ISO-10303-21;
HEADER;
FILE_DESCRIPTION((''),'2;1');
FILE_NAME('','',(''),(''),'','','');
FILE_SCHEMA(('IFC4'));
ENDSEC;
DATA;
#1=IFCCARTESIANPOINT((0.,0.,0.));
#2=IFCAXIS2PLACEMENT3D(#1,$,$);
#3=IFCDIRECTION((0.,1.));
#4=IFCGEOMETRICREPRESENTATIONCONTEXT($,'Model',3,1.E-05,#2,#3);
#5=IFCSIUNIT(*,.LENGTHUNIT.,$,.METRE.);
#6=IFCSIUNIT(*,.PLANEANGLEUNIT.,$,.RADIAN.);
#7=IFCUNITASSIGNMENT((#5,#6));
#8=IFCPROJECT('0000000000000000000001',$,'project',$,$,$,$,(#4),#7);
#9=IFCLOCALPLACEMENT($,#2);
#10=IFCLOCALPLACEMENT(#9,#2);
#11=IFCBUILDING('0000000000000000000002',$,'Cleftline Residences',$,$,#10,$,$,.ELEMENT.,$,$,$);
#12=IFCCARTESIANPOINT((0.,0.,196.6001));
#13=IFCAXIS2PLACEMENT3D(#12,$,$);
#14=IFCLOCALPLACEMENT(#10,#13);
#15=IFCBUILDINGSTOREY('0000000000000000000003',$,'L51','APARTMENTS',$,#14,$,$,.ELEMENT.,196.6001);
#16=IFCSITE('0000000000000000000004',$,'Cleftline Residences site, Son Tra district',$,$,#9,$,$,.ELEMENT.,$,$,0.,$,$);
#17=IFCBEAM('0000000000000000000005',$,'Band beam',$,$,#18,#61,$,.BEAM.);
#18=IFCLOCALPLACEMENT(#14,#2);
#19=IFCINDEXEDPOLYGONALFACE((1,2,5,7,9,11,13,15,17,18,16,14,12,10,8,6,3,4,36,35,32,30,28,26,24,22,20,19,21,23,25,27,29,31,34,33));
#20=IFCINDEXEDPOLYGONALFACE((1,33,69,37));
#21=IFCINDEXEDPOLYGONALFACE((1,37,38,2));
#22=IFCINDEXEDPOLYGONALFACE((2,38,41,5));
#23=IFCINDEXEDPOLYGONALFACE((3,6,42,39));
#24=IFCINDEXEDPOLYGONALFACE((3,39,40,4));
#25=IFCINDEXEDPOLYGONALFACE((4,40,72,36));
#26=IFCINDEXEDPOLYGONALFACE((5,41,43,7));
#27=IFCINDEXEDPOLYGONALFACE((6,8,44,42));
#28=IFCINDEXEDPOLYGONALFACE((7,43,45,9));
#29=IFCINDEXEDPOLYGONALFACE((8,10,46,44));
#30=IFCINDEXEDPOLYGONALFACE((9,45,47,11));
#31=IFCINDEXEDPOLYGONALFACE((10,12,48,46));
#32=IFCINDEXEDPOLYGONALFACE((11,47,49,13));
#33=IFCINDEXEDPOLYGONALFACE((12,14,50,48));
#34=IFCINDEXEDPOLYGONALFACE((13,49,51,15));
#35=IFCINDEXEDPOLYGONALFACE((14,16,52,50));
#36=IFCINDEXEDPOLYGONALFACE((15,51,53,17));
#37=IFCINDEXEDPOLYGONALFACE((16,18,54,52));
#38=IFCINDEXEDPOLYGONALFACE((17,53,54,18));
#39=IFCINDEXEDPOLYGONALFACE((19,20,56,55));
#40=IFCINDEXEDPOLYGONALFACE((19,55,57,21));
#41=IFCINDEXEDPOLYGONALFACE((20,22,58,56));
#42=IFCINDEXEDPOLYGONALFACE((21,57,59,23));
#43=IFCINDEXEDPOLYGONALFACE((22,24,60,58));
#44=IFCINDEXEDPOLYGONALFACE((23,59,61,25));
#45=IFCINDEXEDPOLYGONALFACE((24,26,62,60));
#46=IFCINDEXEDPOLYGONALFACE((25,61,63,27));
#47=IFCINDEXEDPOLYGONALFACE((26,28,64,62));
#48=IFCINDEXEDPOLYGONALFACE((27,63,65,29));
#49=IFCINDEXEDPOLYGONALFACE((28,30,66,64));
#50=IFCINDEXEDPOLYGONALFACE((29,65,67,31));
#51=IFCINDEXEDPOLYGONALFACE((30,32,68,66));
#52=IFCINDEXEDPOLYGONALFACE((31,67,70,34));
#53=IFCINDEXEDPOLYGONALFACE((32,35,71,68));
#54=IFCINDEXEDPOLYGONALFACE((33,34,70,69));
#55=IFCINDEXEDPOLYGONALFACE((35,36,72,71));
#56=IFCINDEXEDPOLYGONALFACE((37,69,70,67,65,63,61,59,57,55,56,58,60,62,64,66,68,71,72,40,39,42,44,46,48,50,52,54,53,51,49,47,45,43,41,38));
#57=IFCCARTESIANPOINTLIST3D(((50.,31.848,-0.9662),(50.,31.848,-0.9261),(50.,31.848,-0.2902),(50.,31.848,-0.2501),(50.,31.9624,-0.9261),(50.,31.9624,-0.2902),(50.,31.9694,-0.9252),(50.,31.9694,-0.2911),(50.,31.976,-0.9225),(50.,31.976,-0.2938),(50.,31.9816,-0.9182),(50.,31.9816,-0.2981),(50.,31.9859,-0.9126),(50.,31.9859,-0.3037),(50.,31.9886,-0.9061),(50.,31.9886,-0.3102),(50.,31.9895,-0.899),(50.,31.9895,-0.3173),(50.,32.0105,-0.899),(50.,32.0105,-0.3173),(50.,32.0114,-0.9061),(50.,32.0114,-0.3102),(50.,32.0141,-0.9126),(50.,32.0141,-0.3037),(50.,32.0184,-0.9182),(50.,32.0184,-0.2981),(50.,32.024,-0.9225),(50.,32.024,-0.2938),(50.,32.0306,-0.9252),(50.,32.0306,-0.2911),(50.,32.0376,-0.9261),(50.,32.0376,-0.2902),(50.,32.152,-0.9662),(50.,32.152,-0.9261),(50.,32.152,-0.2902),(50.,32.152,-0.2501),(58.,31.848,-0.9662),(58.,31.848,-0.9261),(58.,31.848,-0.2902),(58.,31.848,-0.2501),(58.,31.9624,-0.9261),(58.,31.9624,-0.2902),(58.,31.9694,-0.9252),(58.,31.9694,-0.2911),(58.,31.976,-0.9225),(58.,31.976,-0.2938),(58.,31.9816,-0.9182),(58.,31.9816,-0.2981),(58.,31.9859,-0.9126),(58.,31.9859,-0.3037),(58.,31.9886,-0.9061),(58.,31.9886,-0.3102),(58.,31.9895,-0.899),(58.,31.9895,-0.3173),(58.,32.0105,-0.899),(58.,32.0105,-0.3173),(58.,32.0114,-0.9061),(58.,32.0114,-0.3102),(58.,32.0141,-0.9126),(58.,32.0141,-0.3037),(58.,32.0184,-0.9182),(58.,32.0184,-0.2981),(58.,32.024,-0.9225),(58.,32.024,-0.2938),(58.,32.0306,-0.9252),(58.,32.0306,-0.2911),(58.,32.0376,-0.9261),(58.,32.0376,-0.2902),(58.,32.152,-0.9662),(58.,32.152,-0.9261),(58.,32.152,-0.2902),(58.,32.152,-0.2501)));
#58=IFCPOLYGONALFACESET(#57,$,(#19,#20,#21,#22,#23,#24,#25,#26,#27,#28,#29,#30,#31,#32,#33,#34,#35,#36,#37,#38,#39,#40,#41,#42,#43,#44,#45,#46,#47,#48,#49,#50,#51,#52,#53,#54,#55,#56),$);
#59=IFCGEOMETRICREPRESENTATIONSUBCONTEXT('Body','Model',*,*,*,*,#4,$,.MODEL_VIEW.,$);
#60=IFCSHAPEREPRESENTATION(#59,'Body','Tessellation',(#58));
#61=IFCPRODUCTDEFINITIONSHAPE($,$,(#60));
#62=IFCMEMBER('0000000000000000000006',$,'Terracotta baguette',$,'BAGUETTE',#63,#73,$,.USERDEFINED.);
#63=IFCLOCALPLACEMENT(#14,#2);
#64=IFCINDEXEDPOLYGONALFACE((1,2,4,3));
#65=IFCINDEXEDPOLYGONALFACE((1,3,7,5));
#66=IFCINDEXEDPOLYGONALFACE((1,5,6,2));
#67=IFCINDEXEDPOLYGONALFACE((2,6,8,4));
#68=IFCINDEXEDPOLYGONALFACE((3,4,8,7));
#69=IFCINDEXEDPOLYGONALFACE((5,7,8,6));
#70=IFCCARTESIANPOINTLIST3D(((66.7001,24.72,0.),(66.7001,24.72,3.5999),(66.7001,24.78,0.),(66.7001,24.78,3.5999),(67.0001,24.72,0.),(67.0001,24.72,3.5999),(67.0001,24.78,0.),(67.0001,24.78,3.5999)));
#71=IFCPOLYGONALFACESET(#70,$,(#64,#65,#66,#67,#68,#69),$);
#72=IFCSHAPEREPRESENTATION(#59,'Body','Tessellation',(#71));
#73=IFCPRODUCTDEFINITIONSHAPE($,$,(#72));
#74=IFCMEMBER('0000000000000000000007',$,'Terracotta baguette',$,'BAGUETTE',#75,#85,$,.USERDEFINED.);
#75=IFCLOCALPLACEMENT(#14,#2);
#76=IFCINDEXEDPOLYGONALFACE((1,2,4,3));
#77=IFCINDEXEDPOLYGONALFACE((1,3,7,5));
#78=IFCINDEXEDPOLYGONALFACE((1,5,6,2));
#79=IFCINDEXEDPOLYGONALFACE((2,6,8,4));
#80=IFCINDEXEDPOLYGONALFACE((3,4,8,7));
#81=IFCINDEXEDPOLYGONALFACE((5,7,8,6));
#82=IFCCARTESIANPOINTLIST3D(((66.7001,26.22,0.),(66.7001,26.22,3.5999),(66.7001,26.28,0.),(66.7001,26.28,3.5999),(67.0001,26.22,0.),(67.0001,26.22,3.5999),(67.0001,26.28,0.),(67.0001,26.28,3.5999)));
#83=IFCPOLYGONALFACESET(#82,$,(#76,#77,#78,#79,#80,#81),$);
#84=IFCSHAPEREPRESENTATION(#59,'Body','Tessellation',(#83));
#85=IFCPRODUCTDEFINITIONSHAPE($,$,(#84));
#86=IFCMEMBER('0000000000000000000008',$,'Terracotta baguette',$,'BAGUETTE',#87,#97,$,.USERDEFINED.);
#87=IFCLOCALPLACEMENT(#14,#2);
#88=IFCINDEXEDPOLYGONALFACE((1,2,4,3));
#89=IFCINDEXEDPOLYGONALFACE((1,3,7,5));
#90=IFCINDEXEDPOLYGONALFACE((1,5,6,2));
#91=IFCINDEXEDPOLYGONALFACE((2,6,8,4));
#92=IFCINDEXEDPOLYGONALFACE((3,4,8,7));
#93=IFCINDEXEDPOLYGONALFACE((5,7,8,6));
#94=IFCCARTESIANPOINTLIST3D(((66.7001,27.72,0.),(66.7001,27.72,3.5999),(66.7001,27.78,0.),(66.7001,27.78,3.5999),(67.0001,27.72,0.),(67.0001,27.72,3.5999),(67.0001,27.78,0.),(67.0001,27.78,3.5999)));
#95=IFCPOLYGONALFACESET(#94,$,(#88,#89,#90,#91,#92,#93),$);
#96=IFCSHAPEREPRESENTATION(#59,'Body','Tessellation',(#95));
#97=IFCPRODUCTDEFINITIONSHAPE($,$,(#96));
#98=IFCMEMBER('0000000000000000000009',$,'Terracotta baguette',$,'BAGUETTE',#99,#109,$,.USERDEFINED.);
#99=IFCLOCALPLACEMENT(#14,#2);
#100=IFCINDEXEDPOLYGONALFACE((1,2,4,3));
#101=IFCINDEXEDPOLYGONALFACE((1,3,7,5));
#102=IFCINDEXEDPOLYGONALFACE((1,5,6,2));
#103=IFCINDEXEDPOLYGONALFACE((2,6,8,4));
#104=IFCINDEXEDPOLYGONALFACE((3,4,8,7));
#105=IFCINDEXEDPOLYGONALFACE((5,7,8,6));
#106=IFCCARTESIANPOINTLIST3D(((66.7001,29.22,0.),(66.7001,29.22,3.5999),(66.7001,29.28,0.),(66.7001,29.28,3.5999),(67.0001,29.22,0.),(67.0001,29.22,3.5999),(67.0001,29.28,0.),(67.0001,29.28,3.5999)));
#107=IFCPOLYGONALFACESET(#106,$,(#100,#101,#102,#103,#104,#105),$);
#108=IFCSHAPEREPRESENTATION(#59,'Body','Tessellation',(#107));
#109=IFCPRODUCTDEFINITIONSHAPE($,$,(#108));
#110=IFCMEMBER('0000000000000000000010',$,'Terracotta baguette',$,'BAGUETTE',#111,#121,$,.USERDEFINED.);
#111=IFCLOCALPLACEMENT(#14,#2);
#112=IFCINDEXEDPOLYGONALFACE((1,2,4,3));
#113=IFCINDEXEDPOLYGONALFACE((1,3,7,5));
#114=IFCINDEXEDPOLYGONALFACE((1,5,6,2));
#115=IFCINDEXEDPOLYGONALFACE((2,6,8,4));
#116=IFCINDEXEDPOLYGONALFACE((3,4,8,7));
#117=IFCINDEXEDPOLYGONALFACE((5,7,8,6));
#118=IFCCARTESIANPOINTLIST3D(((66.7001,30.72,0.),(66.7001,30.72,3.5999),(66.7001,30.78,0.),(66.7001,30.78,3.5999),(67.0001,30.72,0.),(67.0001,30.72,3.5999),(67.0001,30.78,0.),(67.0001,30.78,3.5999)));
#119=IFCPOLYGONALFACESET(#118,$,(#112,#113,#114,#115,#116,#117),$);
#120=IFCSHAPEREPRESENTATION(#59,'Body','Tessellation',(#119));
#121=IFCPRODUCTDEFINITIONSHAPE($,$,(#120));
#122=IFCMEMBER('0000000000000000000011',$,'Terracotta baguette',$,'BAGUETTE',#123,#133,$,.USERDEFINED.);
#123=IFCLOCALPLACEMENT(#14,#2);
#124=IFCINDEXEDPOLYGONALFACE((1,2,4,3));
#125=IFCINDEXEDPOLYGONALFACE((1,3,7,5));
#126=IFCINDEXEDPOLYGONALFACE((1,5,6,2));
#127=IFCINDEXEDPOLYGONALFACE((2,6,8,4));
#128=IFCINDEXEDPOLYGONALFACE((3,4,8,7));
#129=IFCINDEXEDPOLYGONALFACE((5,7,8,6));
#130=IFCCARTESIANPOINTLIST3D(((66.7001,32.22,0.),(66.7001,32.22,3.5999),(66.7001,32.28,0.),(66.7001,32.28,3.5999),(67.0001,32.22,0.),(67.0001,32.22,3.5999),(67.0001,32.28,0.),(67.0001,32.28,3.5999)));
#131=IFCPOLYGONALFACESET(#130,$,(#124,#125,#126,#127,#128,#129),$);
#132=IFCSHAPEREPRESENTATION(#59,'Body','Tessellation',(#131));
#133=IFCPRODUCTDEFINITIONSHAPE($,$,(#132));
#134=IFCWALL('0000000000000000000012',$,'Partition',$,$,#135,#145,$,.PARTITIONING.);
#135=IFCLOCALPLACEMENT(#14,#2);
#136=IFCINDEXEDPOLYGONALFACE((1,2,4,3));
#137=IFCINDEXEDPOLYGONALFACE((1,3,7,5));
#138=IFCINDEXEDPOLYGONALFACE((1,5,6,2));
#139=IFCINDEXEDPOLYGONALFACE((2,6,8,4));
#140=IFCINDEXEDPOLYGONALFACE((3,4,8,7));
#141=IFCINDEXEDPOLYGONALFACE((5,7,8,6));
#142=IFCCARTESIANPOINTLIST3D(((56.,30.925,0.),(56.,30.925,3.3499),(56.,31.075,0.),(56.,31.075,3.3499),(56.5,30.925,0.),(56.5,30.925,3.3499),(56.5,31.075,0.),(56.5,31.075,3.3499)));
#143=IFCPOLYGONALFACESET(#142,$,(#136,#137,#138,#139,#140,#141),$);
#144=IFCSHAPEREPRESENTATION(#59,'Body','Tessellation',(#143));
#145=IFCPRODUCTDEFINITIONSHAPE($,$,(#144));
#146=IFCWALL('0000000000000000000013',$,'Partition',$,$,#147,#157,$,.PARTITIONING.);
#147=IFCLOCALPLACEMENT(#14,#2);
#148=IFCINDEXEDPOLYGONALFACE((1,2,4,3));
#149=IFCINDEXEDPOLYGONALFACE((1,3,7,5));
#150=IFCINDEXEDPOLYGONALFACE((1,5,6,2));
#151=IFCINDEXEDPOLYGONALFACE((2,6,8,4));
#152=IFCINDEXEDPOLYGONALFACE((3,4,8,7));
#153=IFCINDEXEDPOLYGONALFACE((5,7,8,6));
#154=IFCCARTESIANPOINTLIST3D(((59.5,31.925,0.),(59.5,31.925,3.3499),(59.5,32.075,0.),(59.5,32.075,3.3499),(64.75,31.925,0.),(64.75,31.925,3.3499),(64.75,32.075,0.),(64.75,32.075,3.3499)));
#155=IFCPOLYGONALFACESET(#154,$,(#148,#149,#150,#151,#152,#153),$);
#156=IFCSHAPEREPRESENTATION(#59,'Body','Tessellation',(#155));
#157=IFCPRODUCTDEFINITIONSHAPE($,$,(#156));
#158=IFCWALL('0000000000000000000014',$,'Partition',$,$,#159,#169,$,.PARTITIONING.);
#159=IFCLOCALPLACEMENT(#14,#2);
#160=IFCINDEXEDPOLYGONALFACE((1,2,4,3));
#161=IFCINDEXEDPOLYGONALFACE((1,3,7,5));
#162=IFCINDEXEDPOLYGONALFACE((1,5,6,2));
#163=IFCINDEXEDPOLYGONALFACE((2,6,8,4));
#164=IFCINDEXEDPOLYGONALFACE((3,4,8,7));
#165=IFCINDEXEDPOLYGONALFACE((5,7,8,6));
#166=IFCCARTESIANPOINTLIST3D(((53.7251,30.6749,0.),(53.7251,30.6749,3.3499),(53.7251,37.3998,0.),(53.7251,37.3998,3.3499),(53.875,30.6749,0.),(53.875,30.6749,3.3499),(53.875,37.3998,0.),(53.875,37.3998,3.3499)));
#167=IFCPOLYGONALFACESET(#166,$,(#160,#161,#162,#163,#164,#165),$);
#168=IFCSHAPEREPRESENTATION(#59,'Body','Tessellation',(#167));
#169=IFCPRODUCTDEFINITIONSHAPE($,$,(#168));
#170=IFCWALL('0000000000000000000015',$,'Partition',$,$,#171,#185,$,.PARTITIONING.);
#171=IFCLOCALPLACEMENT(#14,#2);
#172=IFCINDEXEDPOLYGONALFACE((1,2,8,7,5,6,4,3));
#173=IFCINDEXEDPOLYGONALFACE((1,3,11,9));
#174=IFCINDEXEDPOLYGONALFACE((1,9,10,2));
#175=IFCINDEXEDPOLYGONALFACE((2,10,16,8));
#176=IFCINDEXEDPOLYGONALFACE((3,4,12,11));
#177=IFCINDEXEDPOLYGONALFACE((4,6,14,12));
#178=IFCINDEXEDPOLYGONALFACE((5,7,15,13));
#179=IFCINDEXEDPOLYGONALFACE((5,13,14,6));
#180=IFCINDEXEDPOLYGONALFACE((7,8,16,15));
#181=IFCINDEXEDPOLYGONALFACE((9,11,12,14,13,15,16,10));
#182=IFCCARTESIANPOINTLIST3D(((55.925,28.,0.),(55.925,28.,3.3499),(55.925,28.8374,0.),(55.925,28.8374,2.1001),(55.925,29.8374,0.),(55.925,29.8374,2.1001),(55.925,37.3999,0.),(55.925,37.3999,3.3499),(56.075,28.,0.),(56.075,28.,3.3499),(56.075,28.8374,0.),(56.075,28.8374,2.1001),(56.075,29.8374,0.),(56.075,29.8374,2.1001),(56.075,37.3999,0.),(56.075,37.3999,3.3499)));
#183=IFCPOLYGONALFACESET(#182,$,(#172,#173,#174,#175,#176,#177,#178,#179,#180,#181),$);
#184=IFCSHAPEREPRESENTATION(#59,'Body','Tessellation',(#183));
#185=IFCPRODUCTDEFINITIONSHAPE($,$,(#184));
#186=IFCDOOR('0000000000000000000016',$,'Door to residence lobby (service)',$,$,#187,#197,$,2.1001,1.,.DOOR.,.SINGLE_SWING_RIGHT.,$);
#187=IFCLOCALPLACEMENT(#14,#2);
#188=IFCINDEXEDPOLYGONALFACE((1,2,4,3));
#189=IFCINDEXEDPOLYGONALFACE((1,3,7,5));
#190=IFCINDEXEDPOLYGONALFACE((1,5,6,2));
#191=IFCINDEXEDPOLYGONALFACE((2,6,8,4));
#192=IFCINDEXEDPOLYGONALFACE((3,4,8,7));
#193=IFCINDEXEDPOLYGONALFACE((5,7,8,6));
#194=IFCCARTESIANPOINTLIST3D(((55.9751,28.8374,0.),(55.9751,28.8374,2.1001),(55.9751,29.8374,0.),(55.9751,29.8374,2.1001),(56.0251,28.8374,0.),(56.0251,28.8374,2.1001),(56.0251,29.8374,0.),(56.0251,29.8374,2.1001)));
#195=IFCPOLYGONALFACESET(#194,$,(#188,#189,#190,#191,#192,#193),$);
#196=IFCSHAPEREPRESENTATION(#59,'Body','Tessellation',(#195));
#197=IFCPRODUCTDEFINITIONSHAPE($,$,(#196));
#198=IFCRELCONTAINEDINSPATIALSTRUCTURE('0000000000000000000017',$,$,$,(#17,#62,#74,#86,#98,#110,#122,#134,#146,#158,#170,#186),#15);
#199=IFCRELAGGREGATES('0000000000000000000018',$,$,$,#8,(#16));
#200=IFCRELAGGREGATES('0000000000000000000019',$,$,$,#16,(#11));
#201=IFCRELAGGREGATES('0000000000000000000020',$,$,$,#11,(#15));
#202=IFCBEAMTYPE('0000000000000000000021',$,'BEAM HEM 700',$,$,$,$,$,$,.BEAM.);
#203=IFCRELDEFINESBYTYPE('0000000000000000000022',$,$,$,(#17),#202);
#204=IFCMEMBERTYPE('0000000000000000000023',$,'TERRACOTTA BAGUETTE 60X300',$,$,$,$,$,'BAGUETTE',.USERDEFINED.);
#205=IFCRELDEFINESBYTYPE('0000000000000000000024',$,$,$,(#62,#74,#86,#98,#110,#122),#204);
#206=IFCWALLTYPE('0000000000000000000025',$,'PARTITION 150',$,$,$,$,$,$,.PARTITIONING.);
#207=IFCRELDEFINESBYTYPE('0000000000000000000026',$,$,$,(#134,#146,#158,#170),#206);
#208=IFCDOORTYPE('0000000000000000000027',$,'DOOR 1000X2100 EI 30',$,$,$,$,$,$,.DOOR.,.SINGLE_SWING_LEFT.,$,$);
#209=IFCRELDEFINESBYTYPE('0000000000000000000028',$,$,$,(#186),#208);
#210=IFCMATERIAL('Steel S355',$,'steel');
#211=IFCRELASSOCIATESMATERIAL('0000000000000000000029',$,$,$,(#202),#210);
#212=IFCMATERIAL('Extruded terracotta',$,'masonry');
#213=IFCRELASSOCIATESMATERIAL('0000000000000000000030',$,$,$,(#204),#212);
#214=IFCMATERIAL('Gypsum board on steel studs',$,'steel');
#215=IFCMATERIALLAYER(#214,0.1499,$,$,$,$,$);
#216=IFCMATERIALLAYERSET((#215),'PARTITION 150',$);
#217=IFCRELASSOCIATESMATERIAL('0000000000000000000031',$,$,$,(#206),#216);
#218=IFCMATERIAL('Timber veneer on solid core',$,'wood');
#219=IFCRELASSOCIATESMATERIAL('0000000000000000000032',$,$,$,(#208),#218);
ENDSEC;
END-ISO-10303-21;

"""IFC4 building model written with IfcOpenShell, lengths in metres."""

from ifc_helpers import new_model, si_unit, direction, frame, frame_2d, origin, origin_2d, place, context, subcontext, project, spatial, rectangle, i_section, extrude, material, layer, layer_set, material_profile, profile_set, type_object, element, fill, save


model = new_model("IFC4")

# Units and contexts
model_context = context("Model", 3, precision=1e-05, world=origin(), true_north=direction((0.0, 1.0)))
body_context = subcontext(model_context, "Body", "Model", "MODEL_VIEW")
ifc_project = project(units=[si_unit("LENGTHUNIT", "METRE"), si_unit("PLANEANGLEUNIT", "RADIAN")], contexts=[model_context])

# Site, building, storey
site_placement = place(None, origin())
site = spatial("IfcSite", under=ifc_project, at=site_placement, Name="Cleftline Residences site, Son Tra district", CompositionType="ELEMENT", RefElevation=0.0)
building_placement = place(site_placement, origin())
building = spatial("IfcBuilding", under=site, at=building_placement, Name="Cleftline Residences", CompositionType="ELEMENT")
storey_placement = place(building_placement, frame((0.0, 0.0, 196.6001)))
storey = spatial("IfcBuildingStorey", under=building, at=storey_placement, Name="L51", Description="APARTMENTS", CompositionType="ELEMENT", Elevation=196.6001)

# Beam
ifc_material_1 = material(Name="Steel S355", Category="steel")
ifc_material_profile_1 = material_profile(ifc_material_1, i_section(OverallWidth=0.304, OverallDepth=0.7161, WebThickness=0.021, FlangeThickness=0.04, FilletRadius=0.0271, at=origin_2d()))
ifc_profile_set_1 = profile_set([ifc_material_profile_1], Name="Steel S355")
beam_type_1 = type_object("IfcBeamType", Name="BEAM HEM 700", PredefinedType="BEAM", material=ifc_profile_set_1)
beam_1_placement = place(storey_placement, frame((58.0, 32.0, -0.6082), z_axis=(-1.0, 0.0, 0.0), x_axis=(0.0, -1.0, 0.0)))
element("IfcBeam", 1, at=beam_1_placement, inside=storey, type_object=beam_type_1, Name="Band beam", PredefinedType="BEAM", context=body_context, shape_type="SweptSolid", body=[
    extrude(i_section(OverallWidth=0.304, OverallDepth=0.7161, WebThickness=0.021, FlangeThickness=0.04, FilletRadius=0.0271, at=origin_2d()), origin(), (0.0, 0.0, 1.0), 8.0),
])

# Members
ifc_material_2 = material(Name="Extruded terracotta", Category="masonry")
ifc_material_profile_2 = material_profile(ifc_material_2, rectangle(XDim=0.0601, YDim=0.3, at=origin_2d()))
ifc_profile_set_2 = profile_set([ifc_material_profile_2], Name="Extruded terracotta")
member_type_1 = type_object("IfcMemberType", Name="TERRACOTTA BAGUETTE 60X300", ElementType="BAGUETTE", PredefinedType="USERDEFINED", material=ifc_profile_set_2)
for number, where, z_axis, x_axis, name in (
    (2, (66.8501, 24.75, 0.0), (0.0, 0.0, 1.0), (0.0, 1.0, 0.0), "Terracotta baguette"),
    (3, (66.8501, 26.25, 0.0), (0.0, 0.0, 1.0), (0.0, 1.0, 0.0), "Terracotta baguette"),
    (4, (66.8501, 27.75, 0.0), (0.0, 0.0, 1.0), (0.0, 1.0, 0.0), "Terracotta baguette"),
    (5, (66.8501, 29.25, 0.0), (0.0, 0.0, 1.0), (0.0, 1.0, 0.0), "Terracotta baguette"),
    (6, (66.8501, 30.75, 0.0), (0.0, 0.0, 1.0), (0.0, 1.0, 0.0), "Terracotta baguette"),
    (7, (66.8501, 32.25, 0.0), (0.0, 0.0, 1.0), (0.0, 1.0, 0.0), "Terracotta baguette"),
):
    element("IfcMember", number, at=place(storey_placement, frame(where, z_axis=z_axis, x_axis=x_axis)), inside=storey, type_object=member_type_1, Name=name, ObjectType="BAGUETTE", PredefinedType="USERDEFINED", context=body_context, shape_type="SweptSolid", body=[
        extrude(rectangle(XDim=0.0601, YDim=0.3, at=origin_2d()), origin(), (0.0, 0.0, 1.0), 3.5999),
    ])

# Walls
ifc_material_3 = material(Name="Gypsum board on steel studs", Category="steel")
ifc_layer_1 = layer(ifc_material_3, 0.1499)
ifc_layer_set_1 = layer_set([ifc_layer_1], Name="PARTITION 150")
wall_type_1 = type_object("IfcWallType", Name="PARTITION 150", PredefinedType="PARTITIONING", material=ifc_layer_set_1)
wall_1_placement = place(storey_placement, frame((56.0, 31.0, 0.0), z_axis=(0.0, 0.0, 1.0), x_axis=(1.0, 0.0, 0.0)))
element("IfcWall", 8, at=wall_1_placement, inside=storey, type_object=wall_type_1, Name="Partition", PredefinedType="PARTITIONING", context=body_context, shape_type="SweptSolid", body=[
    extrude(rectangle(XDim=0.5, YDim=0.1499, at=frame_2d((0.25, 0.0))), origin(), (0.0, 0.0, 1.0), 3.3499),
])
wall_2_placement = place(storey_placement, frame((59.5, 32.0, 0.0), z_axis=(0.0, 0.0, 1.0), x_axis=(1.0, 0.0, 0.0)))
element("IfcWall", 9, at=wall_2_placement, inside=storey, type_object=wall_type_1, Name="Partition", PredefinedType="PARTITIONING", context=body_context, shape_type="SweptSolid", body=[
    extrude(rectangle(XDim=5.25, YDim=0.1499, at=frame_2d((2.625, 0.0))), origin(), (0.0, 0.0, 1.0), 3.3499),
])
wall_3_placement = place(storey_placement, frame((53.8, 30.675, 0.0), z_axis=(0.0, 0.0, 1.0), x_axis=(0.0, 1.0, 0.0)))
element("IfcWall", 10, at=wall_3_placement, inside=storey, type_object=wall_type_1, Name="Partition", PredefinedType="PARTITIONING", context=body_context, shape_type="SweptSolid", body=[
    extrude(rectangle(XDim=6.7249, YDim=0.1499, at=frame_2d((3.3623, 0.0))), origin(), (0.0, 0.0, 1.0), 3.3499),
])

# Wall, opening, door
wall_4_placement = place(storey_placement, frame((56.0, 28.0, 0.0), z_axis=(0.0, 0.0, 1.0), x_axis=(0.0, 1.0, 0.0)))
wall_4 = element("IfcWall", 11, at=wall_4_placement, inside=storey, type_object=wall_type_1, Name="Partition", PredefinedType="PARTITIONING", context=body_context, shape_type="SweptSolid", body=[
    extrude(rectangle(XDim=9.3999, YDim=0.1499, at=frame_2d((4.7, 0.0))), origin(), (0.0, 0.0, 1.0), 3.3499),
])
opening_1_placement = place(wall_4_placement, frame((0.8374, 0.0, 0.0)))
opening_1 = element("IfcOpeningElement", 12, at=opening_1_placement, cuts=wall_4, PredefinedType="OPENING", context=body_context, shape_type="SweptSolid", body=[
    extrude(rectangle(XDim=1.0, YDim=2.1001, at=frame_2d((0.5, 1.05))), frame((0.0, 0.085, 0.0), z_axis=(0.0, -1.0, 0.0), x_axis=(1.0, 0.0, 0.0)), (0.0, 0.0, 1.0), 0.1699),
])
ifc_material_4 = material(Name="Timber veneer on solid core", Category="wood")
door_type_1 = type_object("IfcDoorType", Name="DOOR 1000X2100 EI 30", OperationType="SINGLE_SWING_LEFT", PredefinedType="DOOR", material=ifc_material_4)
door_1_placement = place(opening_1_placement, origin())
door_1 = element("IfcDoor", 13, at=door_1_placement, inside=storey, type_object=door_type_1, Name="Door to residence lobby (service)", OperationType="SINGLE_SWING_RIGHT", OverallHeight=2.1001, OverallWidth=1.0, PredefinedType="DOOR", context=body_context, shape_type="SweptSolid", body=[
    extrude(rectangle(XDim=1.0, YDim=2.1001, at=frame_2d((0.5, 1.05))), frame((0.0, 0.0249, 0.0), z_axis=(0.0, -1.0, 0.0), x_axis=(1.0, 0.0, 0.0)), (0.0, 0.0, 1.0), 0.05),
])
fill(opening_1, door_1)

save(model, "model.ifc")
